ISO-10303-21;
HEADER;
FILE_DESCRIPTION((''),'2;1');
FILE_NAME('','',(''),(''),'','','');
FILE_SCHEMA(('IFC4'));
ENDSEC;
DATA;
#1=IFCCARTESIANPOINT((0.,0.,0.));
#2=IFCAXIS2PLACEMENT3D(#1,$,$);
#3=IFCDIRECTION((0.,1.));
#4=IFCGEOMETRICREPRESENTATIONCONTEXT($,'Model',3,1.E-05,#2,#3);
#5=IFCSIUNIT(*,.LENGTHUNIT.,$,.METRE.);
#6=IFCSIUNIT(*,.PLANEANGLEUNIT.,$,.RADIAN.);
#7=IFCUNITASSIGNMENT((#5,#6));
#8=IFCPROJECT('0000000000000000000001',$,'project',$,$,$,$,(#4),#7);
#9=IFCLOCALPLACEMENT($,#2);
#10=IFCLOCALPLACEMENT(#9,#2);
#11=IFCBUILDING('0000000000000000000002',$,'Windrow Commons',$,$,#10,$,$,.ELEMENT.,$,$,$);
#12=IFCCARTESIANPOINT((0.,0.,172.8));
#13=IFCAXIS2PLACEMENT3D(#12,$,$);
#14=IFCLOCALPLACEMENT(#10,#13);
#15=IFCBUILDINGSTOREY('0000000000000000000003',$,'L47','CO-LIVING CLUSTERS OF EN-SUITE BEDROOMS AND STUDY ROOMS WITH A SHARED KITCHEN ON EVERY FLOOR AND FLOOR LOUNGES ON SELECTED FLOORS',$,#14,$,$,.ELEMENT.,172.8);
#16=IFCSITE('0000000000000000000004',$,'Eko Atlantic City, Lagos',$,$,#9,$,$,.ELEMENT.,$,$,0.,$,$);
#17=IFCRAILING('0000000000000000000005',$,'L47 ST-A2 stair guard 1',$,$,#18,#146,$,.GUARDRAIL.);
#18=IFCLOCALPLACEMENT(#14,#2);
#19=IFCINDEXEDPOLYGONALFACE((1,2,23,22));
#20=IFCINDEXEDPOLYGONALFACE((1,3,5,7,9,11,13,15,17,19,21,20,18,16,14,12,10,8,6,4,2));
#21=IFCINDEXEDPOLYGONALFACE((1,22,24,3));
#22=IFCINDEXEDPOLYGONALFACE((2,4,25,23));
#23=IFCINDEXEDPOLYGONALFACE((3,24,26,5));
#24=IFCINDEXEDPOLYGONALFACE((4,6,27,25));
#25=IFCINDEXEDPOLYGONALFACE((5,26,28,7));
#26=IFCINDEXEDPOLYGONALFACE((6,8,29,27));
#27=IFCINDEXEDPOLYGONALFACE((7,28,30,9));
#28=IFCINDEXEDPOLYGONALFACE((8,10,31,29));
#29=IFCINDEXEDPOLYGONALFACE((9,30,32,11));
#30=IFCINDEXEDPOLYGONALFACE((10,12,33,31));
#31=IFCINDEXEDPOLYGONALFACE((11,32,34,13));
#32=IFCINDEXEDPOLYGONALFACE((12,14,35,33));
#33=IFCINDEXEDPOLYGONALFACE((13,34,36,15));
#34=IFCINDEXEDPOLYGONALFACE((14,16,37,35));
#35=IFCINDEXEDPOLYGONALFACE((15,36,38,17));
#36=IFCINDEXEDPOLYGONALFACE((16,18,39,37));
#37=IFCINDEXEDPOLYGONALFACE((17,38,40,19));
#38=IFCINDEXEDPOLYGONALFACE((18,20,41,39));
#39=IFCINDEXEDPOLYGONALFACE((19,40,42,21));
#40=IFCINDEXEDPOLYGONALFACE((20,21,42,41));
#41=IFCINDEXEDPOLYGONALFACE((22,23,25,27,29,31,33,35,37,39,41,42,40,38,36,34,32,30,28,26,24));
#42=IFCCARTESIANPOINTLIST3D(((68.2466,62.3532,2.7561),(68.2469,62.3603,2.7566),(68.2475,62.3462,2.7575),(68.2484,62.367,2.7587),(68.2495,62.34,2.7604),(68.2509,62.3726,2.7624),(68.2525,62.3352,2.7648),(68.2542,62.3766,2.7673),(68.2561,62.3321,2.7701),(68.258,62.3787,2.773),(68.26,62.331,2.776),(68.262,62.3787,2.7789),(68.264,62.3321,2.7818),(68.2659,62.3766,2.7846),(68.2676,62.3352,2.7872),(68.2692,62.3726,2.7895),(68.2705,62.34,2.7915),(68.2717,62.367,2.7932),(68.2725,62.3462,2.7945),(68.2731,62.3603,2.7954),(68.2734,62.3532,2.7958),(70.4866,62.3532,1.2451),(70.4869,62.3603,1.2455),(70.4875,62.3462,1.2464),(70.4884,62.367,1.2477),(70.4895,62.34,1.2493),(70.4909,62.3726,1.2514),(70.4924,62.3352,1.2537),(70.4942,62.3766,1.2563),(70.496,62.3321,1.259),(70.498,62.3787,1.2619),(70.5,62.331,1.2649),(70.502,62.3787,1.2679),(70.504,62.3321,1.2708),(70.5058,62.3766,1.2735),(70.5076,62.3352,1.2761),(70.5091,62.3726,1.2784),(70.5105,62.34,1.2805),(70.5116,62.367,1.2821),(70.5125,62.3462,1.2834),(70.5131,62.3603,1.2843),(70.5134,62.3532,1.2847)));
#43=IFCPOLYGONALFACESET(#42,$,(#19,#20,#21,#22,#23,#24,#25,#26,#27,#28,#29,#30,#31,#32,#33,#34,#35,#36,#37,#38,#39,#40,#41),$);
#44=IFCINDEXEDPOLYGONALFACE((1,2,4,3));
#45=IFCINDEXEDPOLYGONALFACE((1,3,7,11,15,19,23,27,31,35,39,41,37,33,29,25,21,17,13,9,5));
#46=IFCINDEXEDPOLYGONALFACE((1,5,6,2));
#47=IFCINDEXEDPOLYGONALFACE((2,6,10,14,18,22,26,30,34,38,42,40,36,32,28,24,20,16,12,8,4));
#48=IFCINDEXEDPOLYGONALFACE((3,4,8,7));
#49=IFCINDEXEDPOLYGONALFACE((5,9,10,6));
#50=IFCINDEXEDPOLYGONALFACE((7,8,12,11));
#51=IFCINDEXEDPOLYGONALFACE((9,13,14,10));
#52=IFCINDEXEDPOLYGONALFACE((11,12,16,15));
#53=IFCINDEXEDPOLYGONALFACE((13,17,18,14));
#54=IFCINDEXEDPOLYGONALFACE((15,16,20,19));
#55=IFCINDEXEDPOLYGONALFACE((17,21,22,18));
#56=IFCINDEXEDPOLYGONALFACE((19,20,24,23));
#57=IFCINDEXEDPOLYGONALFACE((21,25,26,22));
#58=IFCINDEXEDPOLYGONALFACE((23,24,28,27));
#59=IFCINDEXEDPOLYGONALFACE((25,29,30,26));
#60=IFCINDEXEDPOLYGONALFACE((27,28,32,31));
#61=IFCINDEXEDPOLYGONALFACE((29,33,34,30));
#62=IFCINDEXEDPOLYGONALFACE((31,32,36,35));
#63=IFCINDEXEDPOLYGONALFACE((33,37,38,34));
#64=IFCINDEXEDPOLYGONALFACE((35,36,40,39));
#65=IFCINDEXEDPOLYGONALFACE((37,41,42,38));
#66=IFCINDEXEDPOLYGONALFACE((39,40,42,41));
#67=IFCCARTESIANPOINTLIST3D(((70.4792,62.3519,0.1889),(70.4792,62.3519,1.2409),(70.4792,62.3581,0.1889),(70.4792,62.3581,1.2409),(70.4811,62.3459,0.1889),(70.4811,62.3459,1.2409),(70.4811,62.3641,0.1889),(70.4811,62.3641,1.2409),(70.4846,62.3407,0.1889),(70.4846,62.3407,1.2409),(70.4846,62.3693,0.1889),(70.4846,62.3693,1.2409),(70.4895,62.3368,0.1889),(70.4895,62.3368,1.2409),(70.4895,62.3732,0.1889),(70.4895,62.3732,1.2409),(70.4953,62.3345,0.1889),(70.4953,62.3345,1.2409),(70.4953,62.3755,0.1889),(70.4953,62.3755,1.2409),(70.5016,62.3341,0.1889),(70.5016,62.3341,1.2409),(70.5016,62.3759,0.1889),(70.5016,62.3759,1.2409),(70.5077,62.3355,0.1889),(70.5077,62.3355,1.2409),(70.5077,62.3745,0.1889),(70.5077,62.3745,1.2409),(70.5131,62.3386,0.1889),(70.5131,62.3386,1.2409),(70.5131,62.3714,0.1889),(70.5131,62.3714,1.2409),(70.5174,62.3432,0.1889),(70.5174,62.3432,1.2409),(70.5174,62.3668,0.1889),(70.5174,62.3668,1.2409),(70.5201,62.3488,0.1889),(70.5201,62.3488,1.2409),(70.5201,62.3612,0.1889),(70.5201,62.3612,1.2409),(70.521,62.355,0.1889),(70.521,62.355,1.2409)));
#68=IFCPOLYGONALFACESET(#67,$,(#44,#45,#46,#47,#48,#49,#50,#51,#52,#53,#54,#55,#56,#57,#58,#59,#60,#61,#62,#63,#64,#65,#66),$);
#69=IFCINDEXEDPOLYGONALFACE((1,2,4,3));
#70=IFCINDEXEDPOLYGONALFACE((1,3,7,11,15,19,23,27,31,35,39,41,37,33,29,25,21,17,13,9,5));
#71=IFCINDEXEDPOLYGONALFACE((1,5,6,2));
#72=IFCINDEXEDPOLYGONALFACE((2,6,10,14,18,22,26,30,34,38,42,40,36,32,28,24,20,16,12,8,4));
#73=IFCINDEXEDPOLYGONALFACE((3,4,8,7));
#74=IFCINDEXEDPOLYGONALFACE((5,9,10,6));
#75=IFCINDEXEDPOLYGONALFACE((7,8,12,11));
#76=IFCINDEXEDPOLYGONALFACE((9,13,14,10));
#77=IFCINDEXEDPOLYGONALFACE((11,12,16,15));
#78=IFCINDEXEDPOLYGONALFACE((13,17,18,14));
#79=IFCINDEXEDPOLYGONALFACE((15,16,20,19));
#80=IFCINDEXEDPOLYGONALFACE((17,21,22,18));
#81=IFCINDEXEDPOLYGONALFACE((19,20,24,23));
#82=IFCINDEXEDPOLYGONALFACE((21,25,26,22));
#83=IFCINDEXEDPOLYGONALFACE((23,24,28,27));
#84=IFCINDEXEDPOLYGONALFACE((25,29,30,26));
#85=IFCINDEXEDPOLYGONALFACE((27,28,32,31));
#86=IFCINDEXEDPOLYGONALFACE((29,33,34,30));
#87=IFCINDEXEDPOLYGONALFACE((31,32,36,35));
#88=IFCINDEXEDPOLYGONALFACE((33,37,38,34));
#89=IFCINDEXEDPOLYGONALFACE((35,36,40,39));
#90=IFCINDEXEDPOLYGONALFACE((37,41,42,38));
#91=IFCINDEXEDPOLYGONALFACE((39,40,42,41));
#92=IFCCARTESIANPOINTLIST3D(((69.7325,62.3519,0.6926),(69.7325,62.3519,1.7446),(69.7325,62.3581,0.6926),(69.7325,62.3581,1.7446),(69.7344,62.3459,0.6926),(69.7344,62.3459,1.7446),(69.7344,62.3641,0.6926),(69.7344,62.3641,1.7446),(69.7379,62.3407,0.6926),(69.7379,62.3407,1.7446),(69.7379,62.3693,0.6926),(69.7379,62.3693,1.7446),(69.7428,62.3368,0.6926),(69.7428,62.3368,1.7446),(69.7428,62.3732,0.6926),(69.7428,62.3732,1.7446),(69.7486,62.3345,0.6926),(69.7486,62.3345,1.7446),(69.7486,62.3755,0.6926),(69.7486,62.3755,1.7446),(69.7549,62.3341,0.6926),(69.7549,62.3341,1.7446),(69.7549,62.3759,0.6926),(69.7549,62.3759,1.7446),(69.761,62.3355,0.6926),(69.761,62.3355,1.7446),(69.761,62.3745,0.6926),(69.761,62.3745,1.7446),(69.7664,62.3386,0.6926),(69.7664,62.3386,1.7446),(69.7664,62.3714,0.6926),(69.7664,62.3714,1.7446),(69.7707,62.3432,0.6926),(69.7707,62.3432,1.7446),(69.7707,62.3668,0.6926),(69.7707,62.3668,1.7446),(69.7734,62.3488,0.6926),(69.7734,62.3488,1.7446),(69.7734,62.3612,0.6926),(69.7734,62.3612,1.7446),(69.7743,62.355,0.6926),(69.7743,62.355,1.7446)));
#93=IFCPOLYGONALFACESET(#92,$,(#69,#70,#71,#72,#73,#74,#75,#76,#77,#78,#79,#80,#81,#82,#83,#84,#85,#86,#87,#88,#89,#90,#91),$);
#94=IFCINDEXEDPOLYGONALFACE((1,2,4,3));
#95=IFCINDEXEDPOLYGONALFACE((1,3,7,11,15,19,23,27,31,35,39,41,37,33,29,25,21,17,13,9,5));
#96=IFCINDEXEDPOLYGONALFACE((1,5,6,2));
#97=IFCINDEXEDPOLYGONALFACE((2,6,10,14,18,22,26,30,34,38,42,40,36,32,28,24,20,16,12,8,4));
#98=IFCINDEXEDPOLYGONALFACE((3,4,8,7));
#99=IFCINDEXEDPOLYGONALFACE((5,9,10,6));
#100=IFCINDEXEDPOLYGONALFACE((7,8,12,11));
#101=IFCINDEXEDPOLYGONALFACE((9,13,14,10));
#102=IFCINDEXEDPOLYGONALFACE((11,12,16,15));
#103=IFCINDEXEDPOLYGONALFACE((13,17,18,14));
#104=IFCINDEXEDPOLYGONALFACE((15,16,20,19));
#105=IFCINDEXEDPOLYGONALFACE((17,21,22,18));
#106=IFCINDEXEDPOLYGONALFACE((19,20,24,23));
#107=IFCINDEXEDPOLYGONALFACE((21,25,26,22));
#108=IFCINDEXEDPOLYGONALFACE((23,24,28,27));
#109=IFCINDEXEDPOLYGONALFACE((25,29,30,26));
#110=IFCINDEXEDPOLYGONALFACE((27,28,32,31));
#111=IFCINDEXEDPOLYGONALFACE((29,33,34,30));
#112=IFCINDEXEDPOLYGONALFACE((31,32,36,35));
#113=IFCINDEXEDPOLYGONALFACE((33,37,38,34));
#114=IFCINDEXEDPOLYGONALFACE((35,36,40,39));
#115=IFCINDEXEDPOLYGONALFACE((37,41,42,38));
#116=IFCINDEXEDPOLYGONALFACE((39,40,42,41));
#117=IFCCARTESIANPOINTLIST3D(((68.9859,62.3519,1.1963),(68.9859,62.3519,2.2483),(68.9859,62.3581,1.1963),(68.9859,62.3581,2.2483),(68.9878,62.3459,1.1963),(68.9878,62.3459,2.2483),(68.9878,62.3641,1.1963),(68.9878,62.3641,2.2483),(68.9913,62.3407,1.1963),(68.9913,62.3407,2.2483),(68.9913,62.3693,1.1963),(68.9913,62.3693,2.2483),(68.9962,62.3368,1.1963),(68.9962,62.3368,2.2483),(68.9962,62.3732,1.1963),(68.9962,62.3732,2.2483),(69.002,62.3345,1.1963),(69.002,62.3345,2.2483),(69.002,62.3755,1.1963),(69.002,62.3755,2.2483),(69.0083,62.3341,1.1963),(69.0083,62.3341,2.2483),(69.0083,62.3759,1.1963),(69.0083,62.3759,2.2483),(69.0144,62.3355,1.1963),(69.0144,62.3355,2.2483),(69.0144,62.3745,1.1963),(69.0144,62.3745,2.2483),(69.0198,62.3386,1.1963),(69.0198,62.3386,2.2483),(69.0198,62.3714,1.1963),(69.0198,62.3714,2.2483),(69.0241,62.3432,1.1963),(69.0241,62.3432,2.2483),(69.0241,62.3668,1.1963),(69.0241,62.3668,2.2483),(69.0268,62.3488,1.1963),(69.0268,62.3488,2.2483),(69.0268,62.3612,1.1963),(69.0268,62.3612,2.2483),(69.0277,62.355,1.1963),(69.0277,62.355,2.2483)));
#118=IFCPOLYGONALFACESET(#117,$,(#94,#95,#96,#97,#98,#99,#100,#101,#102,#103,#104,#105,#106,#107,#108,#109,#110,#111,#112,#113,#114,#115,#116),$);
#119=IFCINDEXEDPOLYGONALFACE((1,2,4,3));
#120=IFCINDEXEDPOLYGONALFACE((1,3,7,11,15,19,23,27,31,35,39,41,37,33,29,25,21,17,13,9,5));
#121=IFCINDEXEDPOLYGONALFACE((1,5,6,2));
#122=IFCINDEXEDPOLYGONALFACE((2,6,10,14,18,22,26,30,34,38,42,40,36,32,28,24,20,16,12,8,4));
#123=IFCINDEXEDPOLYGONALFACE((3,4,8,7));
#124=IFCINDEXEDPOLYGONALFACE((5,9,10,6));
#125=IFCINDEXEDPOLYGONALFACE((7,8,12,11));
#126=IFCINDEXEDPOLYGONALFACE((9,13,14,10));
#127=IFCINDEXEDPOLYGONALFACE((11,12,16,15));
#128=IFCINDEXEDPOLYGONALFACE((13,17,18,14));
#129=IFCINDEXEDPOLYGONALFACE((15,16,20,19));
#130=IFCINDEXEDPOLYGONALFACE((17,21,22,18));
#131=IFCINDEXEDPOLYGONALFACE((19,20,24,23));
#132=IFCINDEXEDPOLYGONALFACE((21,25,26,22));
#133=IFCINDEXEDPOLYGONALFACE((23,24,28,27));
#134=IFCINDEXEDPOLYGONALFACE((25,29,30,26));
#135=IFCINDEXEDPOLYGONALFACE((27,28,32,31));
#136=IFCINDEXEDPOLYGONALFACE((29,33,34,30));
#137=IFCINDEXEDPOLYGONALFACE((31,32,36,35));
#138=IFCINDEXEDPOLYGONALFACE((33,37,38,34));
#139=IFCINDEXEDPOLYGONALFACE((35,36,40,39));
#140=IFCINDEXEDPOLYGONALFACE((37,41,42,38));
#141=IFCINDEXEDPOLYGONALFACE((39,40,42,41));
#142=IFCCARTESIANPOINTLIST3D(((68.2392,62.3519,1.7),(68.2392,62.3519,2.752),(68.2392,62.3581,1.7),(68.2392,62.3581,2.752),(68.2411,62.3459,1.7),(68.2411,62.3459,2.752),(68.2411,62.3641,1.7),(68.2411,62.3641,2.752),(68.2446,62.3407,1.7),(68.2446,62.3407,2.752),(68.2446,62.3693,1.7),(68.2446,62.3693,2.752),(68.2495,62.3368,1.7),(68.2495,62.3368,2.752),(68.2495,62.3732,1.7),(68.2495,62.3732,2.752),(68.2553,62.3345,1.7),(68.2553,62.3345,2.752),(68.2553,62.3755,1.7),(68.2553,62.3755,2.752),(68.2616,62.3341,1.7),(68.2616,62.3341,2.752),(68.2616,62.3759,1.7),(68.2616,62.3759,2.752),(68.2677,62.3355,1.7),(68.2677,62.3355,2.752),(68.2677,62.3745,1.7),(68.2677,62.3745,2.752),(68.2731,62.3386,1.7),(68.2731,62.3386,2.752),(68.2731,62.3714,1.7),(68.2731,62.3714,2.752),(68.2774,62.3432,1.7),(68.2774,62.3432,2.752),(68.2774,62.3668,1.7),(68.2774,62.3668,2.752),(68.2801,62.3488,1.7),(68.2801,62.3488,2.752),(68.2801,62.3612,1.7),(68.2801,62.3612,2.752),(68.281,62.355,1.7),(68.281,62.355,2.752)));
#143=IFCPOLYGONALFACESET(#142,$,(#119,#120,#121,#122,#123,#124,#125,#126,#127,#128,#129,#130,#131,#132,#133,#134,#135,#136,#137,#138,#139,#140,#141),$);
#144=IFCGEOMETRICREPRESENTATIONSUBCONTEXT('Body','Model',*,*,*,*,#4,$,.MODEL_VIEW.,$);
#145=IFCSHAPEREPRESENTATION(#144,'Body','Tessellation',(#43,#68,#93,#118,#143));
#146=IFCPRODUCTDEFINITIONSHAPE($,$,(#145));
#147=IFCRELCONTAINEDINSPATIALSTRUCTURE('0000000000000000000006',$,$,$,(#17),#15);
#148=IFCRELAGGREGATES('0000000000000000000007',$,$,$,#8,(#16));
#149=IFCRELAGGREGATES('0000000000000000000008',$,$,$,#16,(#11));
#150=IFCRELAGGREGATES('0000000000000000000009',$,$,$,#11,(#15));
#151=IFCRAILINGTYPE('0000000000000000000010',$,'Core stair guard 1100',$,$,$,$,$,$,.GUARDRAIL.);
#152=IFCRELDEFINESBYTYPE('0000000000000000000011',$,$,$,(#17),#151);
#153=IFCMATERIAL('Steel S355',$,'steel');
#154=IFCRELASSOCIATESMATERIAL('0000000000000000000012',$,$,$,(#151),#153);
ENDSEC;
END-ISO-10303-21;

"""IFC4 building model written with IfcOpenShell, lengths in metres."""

from ifc_helpers import new_model, si_unit, direction, frame, origin, origin_2d, place, context, subcontext, project, spatial, circle, extrude, material, type_object, element, save


model = new_model("IFC4")

# Units and contexts
model_context = context("Model", 3, precision=1e-05, world=origin(), true_north=direction((0.0, 1.0)))
body_context = subcontext(model_context, "Body", "Model", "MODEL_VIEW")
ifc_project = project(units=[si_unit("LENGTHUNIT", "METRE"), si_unit("PLANEANGLEUNIT", "RADIAN")], contexts=[model_context])

# Site, building, storey
site_placement = place(None, origin())
site = spatial("IfcSite", under=ifc_project, at=site_placement, Name="Eko Atlantic City, Lagos", CompositionType="ELEMENT", RefElevation=0.0)
building_placement = place(site_placement, origin())
building = spatial("IfcBuilding", under=site, at=building_placement, Name="Windrow Commons", CompositionType="ELEMENT")
storey_placement = place(building_placement, frame((0.0, 0.0, 172.8)))
storey = spatial("IfcBuildingStorey", under=building, at=storey_placement, Name="L47", Description="CO-LIVING CLUSTERS OF EN-SUITE BEDROOMS AND STUDY ROOMS WITH A SHARED KITCHEN ON EVERY FLOOR AND FLOOR LOUNGES ON SELECTED FLOORS", CompositionType="ELEMENT", Elevation=172.8)

# Railing
ifc_material_1 = material(Name="Steel S355", Category="steel")
railing_type_1 = type_object("IfcRailingType", Name="Core stair guard 1100", PredefinedType="GUARDRAIL", material=ifc_material_1)
for number, where, name in (
    (1, (70.5, 62.355, 0.1889), "L47 ST-A2 stair guard 1"),
):
    element("IfcRailing", number, at=place(storey_placement, frame(where)), inside=storey, type_object=railing_type_1, Name=name, PredefinedType="GUARDRAIL", context=body_context, shape_type="SweptSolid", body=[
        extrude(circle(Radius=0.024, at=origin_2d()), frame((0.0, 0.0, 1.076), z_axis=(-0.829003, 0.0, 0.559244), x_axis=(0.0, -1.0, 0.0)), (0.0, 0.0, 1.0), 2.702),
        extrude(circle(Radius=0.021, at=origin_2d()), origin(), (0.0, 0.0, 1.0), 1.052),
        extrude(circle(Radius=0.021, at=origin_2d()), frame((-0.7467, 0.0, 0.5037)), (0.0, 0.0, 1.0), 1.052),
        extrude(circle(Radius=0.021, at=origin_2d()), frame((-1.4933, 0.0, 1.0074)), (0.0, 0.0, 1.0), 1.052),
        extrude(circle(Radius=0.021, at=origin_2d()), frame((-2.24, 0.0, 1.5111)), (0.0, 0.0, 1.0), 1.052),
    ])

save(model, "model.ifc")
